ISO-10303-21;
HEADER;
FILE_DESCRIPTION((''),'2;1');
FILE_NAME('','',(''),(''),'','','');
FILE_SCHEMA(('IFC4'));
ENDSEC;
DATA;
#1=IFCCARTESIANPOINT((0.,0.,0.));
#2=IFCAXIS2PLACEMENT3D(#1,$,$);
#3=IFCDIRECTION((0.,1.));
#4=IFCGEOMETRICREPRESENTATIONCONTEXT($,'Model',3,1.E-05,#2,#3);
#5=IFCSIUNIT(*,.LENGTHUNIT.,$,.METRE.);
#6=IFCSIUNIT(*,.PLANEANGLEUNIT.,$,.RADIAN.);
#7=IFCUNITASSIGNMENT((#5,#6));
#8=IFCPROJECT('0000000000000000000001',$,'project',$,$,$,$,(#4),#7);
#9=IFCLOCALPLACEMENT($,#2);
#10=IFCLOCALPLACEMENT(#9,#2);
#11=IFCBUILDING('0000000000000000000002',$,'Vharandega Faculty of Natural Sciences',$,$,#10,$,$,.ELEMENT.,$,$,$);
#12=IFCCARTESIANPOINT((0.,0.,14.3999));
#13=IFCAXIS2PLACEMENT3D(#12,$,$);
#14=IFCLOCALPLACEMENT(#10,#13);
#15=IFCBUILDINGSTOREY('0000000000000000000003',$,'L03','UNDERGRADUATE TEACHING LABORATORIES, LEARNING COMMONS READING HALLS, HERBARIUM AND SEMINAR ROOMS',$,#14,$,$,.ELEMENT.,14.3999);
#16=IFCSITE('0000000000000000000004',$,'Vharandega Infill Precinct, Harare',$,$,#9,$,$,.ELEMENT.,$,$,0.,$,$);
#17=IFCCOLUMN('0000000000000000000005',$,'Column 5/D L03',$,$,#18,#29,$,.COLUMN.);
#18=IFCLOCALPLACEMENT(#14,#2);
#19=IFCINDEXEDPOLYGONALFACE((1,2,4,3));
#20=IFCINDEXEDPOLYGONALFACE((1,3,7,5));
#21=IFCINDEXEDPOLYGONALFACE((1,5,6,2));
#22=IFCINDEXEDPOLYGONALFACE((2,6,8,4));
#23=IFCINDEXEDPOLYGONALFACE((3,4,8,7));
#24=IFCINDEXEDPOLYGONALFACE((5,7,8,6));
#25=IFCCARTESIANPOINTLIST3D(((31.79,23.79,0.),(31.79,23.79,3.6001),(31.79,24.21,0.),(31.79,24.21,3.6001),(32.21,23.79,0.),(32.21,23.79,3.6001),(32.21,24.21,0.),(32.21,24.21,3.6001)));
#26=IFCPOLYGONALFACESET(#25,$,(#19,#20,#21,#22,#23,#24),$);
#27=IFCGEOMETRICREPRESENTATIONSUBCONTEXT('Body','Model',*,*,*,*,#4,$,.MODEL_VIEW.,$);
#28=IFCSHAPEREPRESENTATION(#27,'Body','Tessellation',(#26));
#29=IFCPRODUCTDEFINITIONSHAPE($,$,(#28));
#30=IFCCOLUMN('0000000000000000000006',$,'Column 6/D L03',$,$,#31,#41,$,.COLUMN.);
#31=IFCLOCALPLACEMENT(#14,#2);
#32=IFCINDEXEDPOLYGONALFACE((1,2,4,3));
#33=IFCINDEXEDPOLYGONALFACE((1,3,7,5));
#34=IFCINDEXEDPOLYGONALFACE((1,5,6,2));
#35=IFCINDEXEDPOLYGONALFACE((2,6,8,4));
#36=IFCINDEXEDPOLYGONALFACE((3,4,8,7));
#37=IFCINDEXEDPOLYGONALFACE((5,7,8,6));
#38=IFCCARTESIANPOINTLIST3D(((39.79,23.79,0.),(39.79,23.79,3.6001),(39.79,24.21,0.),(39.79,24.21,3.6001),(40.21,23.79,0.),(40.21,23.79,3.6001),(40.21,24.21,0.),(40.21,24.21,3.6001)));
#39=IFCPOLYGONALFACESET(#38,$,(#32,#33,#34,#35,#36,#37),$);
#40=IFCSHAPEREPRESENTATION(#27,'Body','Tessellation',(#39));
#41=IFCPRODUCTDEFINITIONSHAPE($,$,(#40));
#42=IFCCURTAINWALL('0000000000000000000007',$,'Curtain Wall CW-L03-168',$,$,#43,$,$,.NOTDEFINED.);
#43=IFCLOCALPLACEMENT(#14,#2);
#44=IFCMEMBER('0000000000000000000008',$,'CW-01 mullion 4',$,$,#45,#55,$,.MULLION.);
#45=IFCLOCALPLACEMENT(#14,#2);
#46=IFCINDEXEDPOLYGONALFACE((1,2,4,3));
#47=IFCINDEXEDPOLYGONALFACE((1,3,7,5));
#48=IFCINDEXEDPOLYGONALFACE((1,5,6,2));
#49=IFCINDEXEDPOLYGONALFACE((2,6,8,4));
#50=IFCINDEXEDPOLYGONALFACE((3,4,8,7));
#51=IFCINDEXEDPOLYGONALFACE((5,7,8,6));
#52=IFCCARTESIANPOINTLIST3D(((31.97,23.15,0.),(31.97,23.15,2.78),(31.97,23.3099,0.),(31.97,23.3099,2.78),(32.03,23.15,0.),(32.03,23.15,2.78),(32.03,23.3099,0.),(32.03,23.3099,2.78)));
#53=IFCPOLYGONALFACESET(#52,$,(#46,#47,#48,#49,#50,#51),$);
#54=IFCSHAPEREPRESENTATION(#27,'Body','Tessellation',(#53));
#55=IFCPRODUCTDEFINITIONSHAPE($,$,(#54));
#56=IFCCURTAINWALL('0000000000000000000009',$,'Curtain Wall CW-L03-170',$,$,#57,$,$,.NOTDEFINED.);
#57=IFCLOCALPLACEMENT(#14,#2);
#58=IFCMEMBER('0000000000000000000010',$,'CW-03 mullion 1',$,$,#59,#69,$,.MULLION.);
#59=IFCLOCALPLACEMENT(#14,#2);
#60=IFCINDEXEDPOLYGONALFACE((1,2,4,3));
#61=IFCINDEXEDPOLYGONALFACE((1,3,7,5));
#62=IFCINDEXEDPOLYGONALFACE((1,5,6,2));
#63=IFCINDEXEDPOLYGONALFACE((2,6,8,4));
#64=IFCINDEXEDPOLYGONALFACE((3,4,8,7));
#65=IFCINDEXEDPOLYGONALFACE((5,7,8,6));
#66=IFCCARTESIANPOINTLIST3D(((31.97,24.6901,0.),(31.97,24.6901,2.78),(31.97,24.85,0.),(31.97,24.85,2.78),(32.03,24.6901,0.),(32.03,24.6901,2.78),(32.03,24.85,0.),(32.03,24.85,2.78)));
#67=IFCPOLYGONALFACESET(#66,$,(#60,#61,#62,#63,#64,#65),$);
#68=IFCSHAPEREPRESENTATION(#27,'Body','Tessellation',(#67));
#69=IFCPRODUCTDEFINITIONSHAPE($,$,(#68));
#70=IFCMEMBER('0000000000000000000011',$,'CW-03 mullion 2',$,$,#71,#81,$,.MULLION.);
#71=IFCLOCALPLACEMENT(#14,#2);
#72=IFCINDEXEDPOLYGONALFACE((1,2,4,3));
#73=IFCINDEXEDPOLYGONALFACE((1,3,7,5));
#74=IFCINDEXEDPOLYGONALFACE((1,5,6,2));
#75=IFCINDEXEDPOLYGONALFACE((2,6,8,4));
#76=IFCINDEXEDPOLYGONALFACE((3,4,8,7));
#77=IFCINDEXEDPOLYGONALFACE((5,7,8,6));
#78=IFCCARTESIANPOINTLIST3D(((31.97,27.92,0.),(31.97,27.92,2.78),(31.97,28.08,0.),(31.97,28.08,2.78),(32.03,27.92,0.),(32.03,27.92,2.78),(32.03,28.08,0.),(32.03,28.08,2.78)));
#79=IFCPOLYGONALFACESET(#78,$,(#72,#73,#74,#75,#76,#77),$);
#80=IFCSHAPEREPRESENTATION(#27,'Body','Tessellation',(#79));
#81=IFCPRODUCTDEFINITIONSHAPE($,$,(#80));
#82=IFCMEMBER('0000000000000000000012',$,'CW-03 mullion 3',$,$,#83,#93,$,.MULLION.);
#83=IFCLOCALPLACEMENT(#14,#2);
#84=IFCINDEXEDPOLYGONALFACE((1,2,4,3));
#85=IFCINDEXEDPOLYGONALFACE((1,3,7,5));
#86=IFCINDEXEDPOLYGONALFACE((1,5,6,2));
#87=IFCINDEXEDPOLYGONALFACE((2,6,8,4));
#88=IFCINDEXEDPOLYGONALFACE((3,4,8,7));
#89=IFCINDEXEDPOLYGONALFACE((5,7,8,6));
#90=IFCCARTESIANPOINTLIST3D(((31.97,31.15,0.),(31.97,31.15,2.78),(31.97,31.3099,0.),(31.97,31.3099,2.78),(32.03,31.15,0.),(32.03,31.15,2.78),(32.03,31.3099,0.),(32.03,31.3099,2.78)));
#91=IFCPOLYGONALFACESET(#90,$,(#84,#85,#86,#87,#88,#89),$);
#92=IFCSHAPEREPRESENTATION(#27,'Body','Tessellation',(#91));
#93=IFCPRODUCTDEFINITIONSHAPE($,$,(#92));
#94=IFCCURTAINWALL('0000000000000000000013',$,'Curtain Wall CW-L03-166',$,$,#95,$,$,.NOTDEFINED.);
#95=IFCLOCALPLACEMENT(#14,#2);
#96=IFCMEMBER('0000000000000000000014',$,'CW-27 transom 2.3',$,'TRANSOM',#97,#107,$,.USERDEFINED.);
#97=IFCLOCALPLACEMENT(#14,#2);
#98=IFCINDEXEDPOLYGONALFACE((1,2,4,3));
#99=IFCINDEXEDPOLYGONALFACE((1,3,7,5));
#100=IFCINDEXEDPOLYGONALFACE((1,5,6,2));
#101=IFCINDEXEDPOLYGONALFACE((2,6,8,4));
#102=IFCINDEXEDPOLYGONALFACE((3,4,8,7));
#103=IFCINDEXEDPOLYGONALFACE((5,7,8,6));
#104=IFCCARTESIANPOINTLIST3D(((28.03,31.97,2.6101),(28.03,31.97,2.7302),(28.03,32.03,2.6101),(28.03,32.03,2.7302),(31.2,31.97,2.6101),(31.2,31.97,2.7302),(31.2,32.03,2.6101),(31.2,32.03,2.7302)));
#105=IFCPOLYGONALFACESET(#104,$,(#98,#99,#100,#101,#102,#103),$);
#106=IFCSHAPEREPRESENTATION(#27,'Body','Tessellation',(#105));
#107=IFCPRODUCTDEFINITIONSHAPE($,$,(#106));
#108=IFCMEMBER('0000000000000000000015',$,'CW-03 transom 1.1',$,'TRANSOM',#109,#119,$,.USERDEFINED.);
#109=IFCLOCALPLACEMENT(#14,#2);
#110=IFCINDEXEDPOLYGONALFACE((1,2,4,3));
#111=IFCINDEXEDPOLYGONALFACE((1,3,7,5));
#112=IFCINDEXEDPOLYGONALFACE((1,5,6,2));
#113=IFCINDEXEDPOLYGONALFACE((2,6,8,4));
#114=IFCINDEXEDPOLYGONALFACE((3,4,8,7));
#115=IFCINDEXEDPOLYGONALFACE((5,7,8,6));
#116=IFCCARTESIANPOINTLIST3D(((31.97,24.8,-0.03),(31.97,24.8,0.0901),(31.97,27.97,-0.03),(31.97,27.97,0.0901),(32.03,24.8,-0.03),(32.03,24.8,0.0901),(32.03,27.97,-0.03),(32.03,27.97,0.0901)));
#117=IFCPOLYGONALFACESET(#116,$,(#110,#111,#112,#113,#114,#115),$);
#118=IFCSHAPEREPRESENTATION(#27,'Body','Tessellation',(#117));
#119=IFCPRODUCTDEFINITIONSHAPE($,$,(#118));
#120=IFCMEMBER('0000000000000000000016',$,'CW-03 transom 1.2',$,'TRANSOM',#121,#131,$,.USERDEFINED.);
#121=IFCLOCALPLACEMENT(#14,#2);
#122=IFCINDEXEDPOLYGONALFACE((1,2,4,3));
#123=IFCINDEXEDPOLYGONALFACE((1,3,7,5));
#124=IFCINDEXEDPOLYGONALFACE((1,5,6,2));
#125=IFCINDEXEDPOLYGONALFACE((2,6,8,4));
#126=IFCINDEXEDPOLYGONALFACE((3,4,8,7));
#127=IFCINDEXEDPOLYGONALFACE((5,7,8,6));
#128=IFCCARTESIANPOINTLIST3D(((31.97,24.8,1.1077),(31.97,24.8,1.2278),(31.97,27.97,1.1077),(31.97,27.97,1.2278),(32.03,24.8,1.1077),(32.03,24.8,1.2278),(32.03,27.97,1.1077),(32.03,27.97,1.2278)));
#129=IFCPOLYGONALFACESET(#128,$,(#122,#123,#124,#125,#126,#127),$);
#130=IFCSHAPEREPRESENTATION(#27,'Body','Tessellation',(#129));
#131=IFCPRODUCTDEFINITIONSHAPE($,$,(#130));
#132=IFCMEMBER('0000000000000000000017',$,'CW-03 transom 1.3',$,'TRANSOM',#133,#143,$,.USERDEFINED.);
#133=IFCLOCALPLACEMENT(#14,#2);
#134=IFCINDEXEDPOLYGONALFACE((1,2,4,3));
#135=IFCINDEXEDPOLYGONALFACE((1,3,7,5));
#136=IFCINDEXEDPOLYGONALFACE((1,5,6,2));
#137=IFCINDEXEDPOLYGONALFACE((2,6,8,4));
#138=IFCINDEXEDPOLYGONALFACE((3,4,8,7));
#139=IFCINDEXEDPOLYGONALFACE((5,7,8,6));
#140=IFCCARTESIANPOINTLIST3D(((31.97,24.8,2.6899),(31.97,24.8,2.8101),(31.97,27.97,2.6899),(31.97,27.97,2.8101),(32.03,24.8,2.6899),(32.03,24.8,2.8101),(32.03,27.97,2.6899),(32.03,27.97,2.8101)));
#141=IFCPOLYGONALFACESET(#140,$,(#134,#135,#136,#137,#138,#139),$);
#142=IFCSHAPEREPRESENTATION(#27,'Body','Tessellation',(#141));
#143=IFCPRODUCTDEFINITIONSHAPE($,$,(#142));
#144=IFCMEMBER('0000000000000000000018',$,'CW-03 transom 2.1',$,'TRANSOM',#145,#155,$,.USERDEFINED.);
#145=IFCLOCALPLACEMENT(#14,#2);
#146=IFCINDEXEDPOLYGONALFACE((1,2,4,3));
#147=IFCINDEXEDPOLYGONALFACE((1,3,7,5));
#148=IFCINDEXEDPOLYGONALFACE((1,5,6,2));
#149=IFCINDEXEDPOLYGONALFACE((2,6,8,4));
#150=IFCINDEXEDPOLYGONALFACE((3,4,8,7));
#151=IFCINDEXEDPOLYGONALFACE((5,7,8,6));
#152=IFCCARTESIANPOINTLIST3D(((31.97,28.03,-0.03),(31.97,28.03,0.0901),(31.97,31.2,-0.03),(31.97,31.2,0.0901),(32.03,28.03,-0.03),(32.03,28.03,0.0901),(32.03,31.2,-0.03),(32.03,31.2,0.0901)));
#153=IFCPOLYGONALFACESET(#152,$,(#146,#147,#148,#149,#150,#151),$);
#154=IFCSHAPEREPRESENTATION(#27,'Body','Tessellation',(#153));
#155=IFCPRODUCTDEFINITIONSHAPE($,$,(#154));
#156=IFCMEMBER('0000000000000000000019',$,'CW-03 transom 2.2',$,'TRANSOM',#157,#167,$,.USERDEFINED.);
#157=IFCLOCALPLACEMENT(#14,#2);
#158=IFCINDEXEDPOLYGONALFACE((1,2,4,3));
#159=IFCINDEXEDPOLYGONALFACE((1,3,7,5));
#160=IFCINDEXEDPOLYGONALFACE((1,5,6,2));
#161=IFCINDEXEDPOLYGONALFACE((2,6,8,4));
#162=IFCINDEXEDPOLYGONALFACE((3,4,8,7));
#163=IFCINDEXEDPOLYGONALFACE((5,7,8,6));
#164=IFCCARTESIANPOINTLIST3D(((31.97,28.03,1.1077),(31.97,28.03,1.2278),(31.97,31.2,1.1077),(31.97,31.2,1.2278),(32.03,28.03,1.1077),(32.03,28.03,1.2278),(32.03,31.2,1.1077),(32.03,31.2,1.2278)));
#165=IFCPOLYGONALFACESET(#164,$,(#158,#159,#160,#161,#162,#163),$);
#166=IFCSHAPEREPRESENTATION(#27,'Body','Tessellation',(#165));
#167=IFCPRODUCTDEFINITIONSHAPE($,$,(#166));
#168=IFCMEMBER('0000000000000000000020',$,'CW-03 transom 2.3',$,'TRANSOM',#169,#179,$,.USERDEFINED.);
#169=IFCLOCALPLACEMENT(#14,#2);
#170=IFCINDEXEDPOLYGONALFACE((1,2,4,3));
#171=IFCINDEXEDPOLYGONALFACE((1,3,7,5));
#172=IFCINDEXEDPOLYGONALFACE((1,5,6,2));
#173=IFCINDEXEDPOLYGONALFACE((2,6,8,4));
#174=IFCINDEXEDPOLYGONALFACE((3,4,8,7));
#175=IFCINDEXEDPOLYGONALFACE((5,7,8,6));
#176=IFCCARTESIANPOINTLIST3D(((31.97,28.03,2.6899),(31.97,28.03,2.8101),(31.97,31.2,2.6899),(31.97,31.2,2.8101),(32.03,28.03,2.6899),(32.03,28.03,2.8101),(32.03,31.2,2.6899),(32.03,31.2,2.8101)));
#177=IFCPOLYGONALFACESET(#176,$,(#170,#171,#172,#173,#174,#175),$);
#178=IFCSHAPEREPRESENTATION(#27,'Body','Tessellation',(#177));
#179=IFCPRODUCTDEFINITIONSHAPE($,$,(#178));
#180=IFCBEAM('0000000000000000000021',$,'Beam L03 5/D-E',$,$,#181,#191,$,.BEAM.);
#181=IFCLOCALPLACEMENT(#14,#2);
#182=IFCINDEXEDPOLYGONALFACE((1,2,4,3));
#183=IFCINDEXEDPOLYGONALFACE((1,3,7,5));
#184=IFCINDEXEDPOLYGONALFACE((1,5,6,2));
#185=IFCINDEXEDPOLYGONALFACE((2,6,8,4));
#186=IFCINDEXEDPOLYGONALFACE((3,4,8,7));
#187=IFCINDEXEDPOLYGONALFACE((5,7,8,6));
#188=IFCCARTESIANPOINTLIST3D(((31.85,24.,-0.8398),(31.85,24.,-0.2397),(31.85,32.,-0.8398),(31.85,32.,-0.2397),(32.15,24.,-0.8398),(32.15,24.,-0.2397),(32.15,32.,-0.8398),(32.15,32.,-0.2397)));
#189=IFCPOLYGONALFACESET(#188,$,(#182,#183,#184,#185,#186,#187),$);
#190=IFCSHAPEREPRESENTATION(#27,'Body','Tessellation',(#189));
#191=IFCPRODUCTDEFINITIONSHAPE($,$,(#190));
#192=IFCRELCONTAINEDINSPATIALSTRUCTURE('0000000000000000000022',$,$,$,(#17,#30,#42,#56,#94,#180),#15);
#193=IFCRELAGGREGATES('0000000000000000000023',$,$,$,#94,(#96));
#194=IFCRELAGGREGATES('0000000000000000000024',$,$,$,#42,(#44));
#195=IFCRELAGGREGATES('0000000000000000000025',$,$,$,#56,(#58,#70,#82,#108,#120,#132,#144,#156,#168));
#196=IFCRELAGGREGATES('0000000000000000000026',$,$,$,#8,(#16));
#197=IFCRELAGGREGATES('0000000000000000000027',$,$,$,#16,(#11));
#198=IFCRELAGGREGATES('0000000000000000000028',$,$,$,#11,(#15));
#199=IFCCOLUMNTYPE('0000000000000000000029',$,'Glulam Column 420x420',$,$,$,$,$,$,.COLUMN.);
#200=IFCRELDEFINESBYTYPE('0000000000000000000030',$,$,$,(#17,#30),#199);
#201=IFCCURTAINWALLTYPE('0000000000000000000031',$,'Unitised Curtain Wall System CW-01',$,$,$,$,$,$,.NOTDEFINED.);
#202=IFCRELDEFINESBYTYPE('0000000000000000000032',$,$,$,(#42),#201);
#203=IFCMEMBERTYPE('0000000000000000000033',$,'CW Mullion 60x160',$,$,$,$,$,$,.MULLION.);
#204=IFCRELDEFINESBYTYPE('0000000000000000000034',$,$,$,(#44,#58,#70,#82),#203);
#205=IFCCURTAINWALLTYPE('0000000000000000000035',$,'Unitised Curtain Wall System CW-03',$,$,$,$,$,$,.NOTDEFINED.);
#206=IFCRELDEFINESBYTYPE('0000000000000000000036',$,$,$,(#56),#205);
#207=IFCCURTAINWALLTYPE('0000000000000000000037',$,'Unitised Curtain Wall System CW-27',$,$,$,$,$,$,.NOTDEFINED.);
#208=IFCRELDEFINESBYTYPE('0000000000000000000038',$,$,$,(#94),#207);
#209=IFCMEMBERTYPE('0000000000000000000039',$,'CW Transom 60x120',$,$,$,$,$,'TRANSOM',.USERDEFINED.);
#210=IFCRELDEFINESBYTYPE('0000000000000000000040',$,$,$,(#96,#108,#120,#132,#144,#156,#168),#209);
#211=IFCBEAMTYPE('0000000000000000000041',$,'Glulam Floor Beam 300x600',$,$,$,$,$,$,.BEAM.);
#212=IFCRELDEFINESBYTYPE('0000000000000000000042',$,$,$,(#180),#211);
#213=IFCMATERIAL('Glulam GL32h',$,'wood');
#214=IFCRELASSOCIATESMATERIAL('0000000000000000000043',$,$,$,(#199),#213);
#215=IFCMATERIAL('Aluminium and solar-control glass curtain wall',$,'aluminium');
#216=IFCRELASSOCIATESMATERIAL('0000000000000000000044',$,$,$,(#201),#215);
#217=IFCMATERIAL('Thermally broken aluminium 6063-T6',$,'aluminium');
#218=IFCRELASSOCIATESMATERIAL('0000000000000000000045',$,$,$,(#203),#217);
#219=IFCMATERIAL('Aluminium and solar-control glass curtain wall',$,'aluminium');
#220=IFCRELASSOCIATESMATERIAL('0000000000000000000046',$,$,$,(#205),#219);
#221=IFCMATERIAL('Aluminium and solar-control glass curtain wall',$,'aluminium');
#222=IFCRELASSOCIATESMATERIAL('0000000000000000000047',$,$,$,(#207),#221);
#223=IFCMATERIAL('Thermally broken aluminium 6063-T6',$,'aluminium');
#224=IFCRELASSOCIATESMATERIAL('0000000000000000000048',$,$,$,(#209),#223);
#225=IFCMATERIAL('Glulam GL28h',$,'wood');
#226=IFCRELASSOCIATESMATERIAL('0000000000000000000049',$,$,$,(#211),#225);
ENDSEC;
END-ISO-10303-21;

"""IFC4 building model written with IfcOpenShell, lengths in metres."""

from ifc_helpers import new_model, si_unit, direction, frame, origin, origin_2d, place, context, subcontext, project, spatial, rectangle, extrude, material, material_profile, profile_set, type_object, element, aggregate, save


model = new_model("IFC4")

# Units and contexts
model_context = context("Model", 3, precision=1e-05, world=origin(), true_north=direction((0.0, 1.0)))
body_context = subcontext(model_context, "Body", "Model", "MODEL_VIEW")
ifc_project = project(units=[si_unit("LENGTHUNIT", "METRE"), si_unit("PLANEANGLEUNIT", "RADIAN")], contexts=[model_context])

# Site, building, storey
site_placement = place(None, origin())
site = spatial("IfcSite", under=ifc_project, at=site_placement, Name="Vharandega Infill Precinct, Harare", CompositionType="ELEMENT", RefElevation=0.0)
building_placement = place(site_placement, origin())
building = spatial("IfcBuilding", under=site, at=building_placement, Name="Vharandega Faculty of Natural Sciences", CompositionType="ELEMENT")
storey_placement = place(building_placement, frame((0.0, 0.0, 14.3999)))
storey = spatial("IfcBuildingStorey", under=building, at=storey_placement, Name="L03", Description="UNDERGRADUATE TEACHING LABORATORIES, LEARNING COMMONS READING HALLS, HERBARIUM AND SEMINAR ROOMS", CompositionType="ELEMENT", Elevation=14.3999)

# Columns
ifc_material_1 = material(Name="Glulam GL32h", Category="wood")
ifc_material_profile_1 = material_profile(ifc_material_1, rectangle(XDim=0.4199, YDim=0.4199, at=origin_2d()), Name="GL32h 420x420")
ifc_profile_set_1 = profile_set([ifc_material_profile_1], Name="Glulam GL32h")
column_type = type_object("IfcColumnType", Name="Glulam Column 420x420", PredefinedType="COLUMN", material=ifc_profile_set_1)
for number, where, z_axis, x_axis, name in (
    (1, (32.0, 24.0, 0.0), (0.0, 0.0, 1.0), (1.0, 0.0, 0.0), "Column 5/D L03"),
    (2, (40.0, 24.0, 0.0), (0.0, 0.0, 1.0), (1.0, 0.0, 0.0), "Column 6/D L03"),
):
    element("IfcColumn", number, at=place(storey_placement, frame(where, z_axis=z_axis, x_axis=x_axis)), inside=storey, type_object=column_type, Name=name, PredefinedType="COLUMN", context=body_context, shape_type="SweptSolid", body=[
        extrude(rectangle(XDim=0.4199, YDim=0.4199, at=origin_2d()), origin(), (0.0, 0.0, 1.0), 3.6001),
    ])

# Curtain wall, member
ifc_material_2 = material(Name="Aluminium and solar-control glass curtain wall", Category="aluminium")
curtain_wall_type_1 = type_object("IfcCurtainWallType", Name="Unitised Curtain Wall System CW-01", PredefinedType="NOTDEFINED", material=ifc_material_2)
curtain_wall_1_placement = place(storey_placement, origin())
curtain_wall_1 = element("IfcCurtainWall", 3, at=curtain_wall_1_placement, inside=storey, type_object=curtain_wall_type_1, Name="Curtain Wall CW-L03-168", PredefinedType="NOTDEFINED")
ifc_material_3 = material(Name="Thermally broken aluminium 6063-T6", Category="aluminium")
ifc_material_profile_2 = material_profile(ifc_material_3, rectangle(XDim=0.0601, YDim=0.1599, at=origin_2d()), Name="ALU 60x160")
ifc_profile_set_2 = profile_set([ifc_material_profile_2], Name="Thermally broken aluminium 6063-T6")
member_type_1 = type_object("IfcMemberType", Name="CW Mullion 60x160", PredefinedType="MULLION", material=ifc_profile_set_2)
member_1_placement = place(storey_placement, frame((32.0, 23.23, 0.0), z_axis=(0.0, 0.0, 1.0), x_axis=(-1.0, 0.0, 0.0)))
member_1 = element("IfcMember", 4, at=member_1_placement, type_object=member_type_1, Name="CW-01 mullion 4", PredefinedType="MULLION", context=body_context, shape_type="SweptSolid", body=[
    extrude(rectangle(XDim=0.0601, YDim=0.1599, at=origin_2d()), origin(), (0.0, 0.0, 1.0), 2.78),
])

# Curtain wall, members
ifc_material_4 = material(Name="Aluminium and solar-control glass curtain wall", Category="aluminium")
curtain_wall_type_2 = type_object("IfcCurtainWallType", Name="Unitised Curtain Wall System CW-03", PredefinedType="NOTDEFINED", material=ifc_material_4)
curtain_wall_2_placement = place(storey_placement, origin())
curtain_wall_2 = element("IfcCurtainWall", 5, at=curtain_wall_2_placement, inside=storey, type_object=curtain_wall_type_2, Name="Curtain Wall CW-L03-170", PredefinedType="NOTDEFINED")
member_2_placement = place(storey_placement, frame((32.0, 24.77, 0.0), z_axis=(0.0, 0.0, 1.0), x_axis=(-1.0, 0.0, 0.0)))
member_2 = element("IfcMember", 6, at=member_2_placement, type_object=member_type_1, Name="CW-03 mullion 1", PredefinedType="MULLION", context=body_context, shape_type="SweptSolid", body=[
    extrude(rectangle(XDim=0.0601, YDim=0.1599, at=origin_2d()), origin(), (0.0, 0.0, 1.0), 2.78),
])
member_3_placement = place(storey_placement, frame((32.0, 28.0, 0.0), z_axis=(0.0, 0.0, 1.0), x_axis=(-1.0, 0.0, 0.0)))
member_3 = element("IfcMember", 7, at=member_3_placement, type_object=member_type_1, Name="CW-03 mullion 2", PredefinedType="MULLION", context=body_context, shape_type="SweptSolid", body=[
    extrude(rectangle(XDim=0.0601, YDim=0.1599, at=origin_2d()), origin(), (0.0, 0.0, 1.0), 2.78),
])
member_4_placement = place(storey_placement, frame((32.0, 31.23, 0.0), z_axis=(0.0, 0.0, 1.0), x_axis=(-1.0, 0.0, 0.0)))
member_4 = element("IfcMember", 8, at=member_4_placement, type_object=member_type_1, Name="CW-03 mullion 3", PredefinedType="MULLION", context=body_context, shape_type="SweptSolid", body=[
    extrude(rectangle(XDim=0.0601, YDim=0.1599, at=origin_2d()), origin(), (0.0, 0.0, 1.0), 2.78),
])

# Curtain wall, member
ifc_material_5 = material(Name="Aluminium and solar-control glass curtain wall", Category="aluminium")
curtain_wall_type_3 = type_object("IfcCurtainWallType", Name="Unitised Curtain Wall System CW-27", PredefinedType="NOTDEFINED", material=ifc_material_5)
curtain_wall_3_placement = place(storey_placement, origin())
curtain_wall_3 = element("IfcCurtainWall", 9, at=curtain_wall_3_placement, inside=storey, type_object=curtain_wall_type_3, Name="Curtain Wall CW-L03-166", PredefinedType="NOTDEFINED")
ifc_material_6 = material(Name="Thermally broken aluminium 6063-T6", Category="aluminium")
ifc_material_profile_3 = material_profile(ifc_material_6, rectangle(XDim=0.0601, YDim=0.1201, at=origin_2d()), Name="ALU 60x120")
ifc_profile_set_3 = profile_set([ifc_material_profile_3], Name="Thermally broken aluminium 6063-T6")
member_type_2 = type_object("IfcMemberType", Name="CW Transom 60x120", ElementType="TRANSOM", PredefinedType="USERDEFINED", material=ifc_profile_set_3)
member_5_placement = place(storey_placement, frame((28.03, 32.0, 2.6702), z_axis=(1.0, 0.0, 0.0), x_axis=(0.0, 1.0, 0.0)))
member_5 = element("IfcMember", 10, at=member_5_placement, type_object=member_type_2, Name="CW-27 transom 2.3", ObjectType="TRANSOM", PredefinedType="USERDEFINED", context=body_context, shape_type="SweptSolid", body=[
    extrude(rectangle(XDim=0.0601, YDim=0.1201, at=origin_2d()), origin(), (0.0, 0.0, 1.0), 3.1699),
])
aggregate(curtain_wall_3, [member_5])

# Members
member_6_placement = place(storey_placement, frame((32.0, 24.8, 0.03), z_axis=(0.0, 1.0, 0.0), x_axis=(-1.0, 0.0, 0.0)))
member_6 = element("IfcMember", 11, at=member_6_placement, type_object=member_type_2, Name="CW-03 transom 1.1", ObjectType="TRANSOM", PredefinedType="USERDEFINED", context=body_context, shape_type="SweptSolid", body=[
    extrude(rectangle(XDim=0.0601, YDim=0.1201, at=origin_2d()), origin(), (0.0, 0.0, 1.0), 3.1699),
])
member_7_placement = place(storey_placement, frame((32.0, 24.8, 1.1677), z_axis=(0.0, 1.0, 0.0), x_axis=(-1.0, 0.0, 0.0)))
member_7 = element("IfcMember", 12, at=member_7_placement, type_object=member_type_2, Name="CW-03 transom 1.2", ObjectType="TRANSOM", PredefinedType="USERDEFINED", context=body_context, shape_type="SweptSolid", body=[
    extrude(rectangle(XDim=0.0601, YDim=0.1201, at=origin_2d()), origin(), (0.0, 0.0, 1.0), 3.1699),
])
member_8_placement = place(storey_placement, frame((32.0, 24.8, 2.75), z_axis=(0.0, 1.0, 0.0), x_axis=(-1.0, 0.0, 0.0)))
member_8 = element("IfcMember", 13, at=member_8_placement, type_object=member_type_2, Name="CW-03 transom 1.3", ObjectType="TRANSOM", PredefinedType="USERDEFINED", context=body_context, shape_type="SweptSolid", body=[
    extrude(rectangle(XDim=0.0601, YDim=0.1201, at=origin_2d()), origin(), (0.0, 0.0, 1.0), 3.1699),
])
member_9_placement = place(storey_placement, frame((32.0, 28.03, 0.03), z_axis=(0.0, 1.0, 0.0), x_axis=(-1.0, 0.0, 0.0)))
member_9 = element("IfcMember", 14, at=member_9_placement, type_object=member_type_2, Name="CW-03 transom 2.1", ObjectType="TRANSOM", PredefinedType="USERDEFINED", context=body_context, shape_type="SweptSolid", body=[
    extrude(rectangle(XDim=0.0601, YDim=0.1201, at=origin_2d()), origin(), (0.0, 0.0, 1.0), 3.1699),
])
member_10_placement = place(storey_placement, frame((32.0, 28.03, 1.1677), z_axis=(0.0, 1.0, 0.0), x_axis=(-1.0, 0.0, 0.0)))
member_10 = element("IfcMember", 15, at=member_10_placement, type_object=member_type_2, Name="CW-03 transom 2.2", ObjectType="TRANSOM", PredefinedType="USERDEFINED", context=body_context, shape_type="SweptSolid", body=[
    extrude(rectangle(XDim=0.0601, YDim=0.1201, at=origin_2d()), origin(), (0.0, 0.0, 1.0), 3.1699),
])
member_11_placement = place(storey_placement, frame((32.0, 28.03, 2.75), z_axis=(0.0, 1.0, 0.0), x_axis=(-1.0, 0.0, 0.0)))
member_11 = element("IfcMember", 16, at=member_11_placement, type_object=member_type_2, Name="CW-03 transom 2.3", ObjectType="TRANSOM", PredefinedType="USERDEFINED", context=body_context, shape_type="SweptSolid", body=[
    extrude(rectangle(XDim=0.0601, YDim=0.1201, at=origin_2d()), origin(), (0.0, 0.0, 1.0), 3.1699),
])

# Beam
ifc_material_7 = material(Name="Glulam GL28h", Category="wood")
ifc_material_profile_4 = material_profile(ifc_material_7, rectangle(XDim=0.3, YDim=0.6001, at=origin_2d()), Name="GL28h 300x600")
ifc_profile_set_4 = profile_set([ifc_material_profile_4], Name="Glulam GL28h")
beam_type_1 = type_object("IfcBeamType", Name="Glulam Floor Beam 300x600", PredefinedType="BEAM", material=ifc_profile_set_4)
for number, where, z_axis, x_axis, name in (
    (17, (32.0, 24.0, -0.5398), (0.0, 1.0, 0.0), (-1.0, 0.0, 0.0), "Beam L03 5/D-E"),
):
    element("IfcBeam", number, at=place(storey_placement, frame(where, z_axis=z_axis, x_axis=x_axis)), inside=storey, type_object=beam_type_1, Name=name, PredefinedType="BEAM", context=body_context, shape_type="SweptSolid", body=[
        extrude(rectangle(XDim=0.3, YDim=0.6001, at=origin_2d()), origin(), (0.0, 0.0, 1.0), 8.0),
    ])

aggregate(curtain_wall_1, [member_1])
aggregate(curtain_wall_2, [member_2, member_3, member_4, member_6, member_7, member_8, member_9, member_10, member_11])

save(model, "model.ifc")
